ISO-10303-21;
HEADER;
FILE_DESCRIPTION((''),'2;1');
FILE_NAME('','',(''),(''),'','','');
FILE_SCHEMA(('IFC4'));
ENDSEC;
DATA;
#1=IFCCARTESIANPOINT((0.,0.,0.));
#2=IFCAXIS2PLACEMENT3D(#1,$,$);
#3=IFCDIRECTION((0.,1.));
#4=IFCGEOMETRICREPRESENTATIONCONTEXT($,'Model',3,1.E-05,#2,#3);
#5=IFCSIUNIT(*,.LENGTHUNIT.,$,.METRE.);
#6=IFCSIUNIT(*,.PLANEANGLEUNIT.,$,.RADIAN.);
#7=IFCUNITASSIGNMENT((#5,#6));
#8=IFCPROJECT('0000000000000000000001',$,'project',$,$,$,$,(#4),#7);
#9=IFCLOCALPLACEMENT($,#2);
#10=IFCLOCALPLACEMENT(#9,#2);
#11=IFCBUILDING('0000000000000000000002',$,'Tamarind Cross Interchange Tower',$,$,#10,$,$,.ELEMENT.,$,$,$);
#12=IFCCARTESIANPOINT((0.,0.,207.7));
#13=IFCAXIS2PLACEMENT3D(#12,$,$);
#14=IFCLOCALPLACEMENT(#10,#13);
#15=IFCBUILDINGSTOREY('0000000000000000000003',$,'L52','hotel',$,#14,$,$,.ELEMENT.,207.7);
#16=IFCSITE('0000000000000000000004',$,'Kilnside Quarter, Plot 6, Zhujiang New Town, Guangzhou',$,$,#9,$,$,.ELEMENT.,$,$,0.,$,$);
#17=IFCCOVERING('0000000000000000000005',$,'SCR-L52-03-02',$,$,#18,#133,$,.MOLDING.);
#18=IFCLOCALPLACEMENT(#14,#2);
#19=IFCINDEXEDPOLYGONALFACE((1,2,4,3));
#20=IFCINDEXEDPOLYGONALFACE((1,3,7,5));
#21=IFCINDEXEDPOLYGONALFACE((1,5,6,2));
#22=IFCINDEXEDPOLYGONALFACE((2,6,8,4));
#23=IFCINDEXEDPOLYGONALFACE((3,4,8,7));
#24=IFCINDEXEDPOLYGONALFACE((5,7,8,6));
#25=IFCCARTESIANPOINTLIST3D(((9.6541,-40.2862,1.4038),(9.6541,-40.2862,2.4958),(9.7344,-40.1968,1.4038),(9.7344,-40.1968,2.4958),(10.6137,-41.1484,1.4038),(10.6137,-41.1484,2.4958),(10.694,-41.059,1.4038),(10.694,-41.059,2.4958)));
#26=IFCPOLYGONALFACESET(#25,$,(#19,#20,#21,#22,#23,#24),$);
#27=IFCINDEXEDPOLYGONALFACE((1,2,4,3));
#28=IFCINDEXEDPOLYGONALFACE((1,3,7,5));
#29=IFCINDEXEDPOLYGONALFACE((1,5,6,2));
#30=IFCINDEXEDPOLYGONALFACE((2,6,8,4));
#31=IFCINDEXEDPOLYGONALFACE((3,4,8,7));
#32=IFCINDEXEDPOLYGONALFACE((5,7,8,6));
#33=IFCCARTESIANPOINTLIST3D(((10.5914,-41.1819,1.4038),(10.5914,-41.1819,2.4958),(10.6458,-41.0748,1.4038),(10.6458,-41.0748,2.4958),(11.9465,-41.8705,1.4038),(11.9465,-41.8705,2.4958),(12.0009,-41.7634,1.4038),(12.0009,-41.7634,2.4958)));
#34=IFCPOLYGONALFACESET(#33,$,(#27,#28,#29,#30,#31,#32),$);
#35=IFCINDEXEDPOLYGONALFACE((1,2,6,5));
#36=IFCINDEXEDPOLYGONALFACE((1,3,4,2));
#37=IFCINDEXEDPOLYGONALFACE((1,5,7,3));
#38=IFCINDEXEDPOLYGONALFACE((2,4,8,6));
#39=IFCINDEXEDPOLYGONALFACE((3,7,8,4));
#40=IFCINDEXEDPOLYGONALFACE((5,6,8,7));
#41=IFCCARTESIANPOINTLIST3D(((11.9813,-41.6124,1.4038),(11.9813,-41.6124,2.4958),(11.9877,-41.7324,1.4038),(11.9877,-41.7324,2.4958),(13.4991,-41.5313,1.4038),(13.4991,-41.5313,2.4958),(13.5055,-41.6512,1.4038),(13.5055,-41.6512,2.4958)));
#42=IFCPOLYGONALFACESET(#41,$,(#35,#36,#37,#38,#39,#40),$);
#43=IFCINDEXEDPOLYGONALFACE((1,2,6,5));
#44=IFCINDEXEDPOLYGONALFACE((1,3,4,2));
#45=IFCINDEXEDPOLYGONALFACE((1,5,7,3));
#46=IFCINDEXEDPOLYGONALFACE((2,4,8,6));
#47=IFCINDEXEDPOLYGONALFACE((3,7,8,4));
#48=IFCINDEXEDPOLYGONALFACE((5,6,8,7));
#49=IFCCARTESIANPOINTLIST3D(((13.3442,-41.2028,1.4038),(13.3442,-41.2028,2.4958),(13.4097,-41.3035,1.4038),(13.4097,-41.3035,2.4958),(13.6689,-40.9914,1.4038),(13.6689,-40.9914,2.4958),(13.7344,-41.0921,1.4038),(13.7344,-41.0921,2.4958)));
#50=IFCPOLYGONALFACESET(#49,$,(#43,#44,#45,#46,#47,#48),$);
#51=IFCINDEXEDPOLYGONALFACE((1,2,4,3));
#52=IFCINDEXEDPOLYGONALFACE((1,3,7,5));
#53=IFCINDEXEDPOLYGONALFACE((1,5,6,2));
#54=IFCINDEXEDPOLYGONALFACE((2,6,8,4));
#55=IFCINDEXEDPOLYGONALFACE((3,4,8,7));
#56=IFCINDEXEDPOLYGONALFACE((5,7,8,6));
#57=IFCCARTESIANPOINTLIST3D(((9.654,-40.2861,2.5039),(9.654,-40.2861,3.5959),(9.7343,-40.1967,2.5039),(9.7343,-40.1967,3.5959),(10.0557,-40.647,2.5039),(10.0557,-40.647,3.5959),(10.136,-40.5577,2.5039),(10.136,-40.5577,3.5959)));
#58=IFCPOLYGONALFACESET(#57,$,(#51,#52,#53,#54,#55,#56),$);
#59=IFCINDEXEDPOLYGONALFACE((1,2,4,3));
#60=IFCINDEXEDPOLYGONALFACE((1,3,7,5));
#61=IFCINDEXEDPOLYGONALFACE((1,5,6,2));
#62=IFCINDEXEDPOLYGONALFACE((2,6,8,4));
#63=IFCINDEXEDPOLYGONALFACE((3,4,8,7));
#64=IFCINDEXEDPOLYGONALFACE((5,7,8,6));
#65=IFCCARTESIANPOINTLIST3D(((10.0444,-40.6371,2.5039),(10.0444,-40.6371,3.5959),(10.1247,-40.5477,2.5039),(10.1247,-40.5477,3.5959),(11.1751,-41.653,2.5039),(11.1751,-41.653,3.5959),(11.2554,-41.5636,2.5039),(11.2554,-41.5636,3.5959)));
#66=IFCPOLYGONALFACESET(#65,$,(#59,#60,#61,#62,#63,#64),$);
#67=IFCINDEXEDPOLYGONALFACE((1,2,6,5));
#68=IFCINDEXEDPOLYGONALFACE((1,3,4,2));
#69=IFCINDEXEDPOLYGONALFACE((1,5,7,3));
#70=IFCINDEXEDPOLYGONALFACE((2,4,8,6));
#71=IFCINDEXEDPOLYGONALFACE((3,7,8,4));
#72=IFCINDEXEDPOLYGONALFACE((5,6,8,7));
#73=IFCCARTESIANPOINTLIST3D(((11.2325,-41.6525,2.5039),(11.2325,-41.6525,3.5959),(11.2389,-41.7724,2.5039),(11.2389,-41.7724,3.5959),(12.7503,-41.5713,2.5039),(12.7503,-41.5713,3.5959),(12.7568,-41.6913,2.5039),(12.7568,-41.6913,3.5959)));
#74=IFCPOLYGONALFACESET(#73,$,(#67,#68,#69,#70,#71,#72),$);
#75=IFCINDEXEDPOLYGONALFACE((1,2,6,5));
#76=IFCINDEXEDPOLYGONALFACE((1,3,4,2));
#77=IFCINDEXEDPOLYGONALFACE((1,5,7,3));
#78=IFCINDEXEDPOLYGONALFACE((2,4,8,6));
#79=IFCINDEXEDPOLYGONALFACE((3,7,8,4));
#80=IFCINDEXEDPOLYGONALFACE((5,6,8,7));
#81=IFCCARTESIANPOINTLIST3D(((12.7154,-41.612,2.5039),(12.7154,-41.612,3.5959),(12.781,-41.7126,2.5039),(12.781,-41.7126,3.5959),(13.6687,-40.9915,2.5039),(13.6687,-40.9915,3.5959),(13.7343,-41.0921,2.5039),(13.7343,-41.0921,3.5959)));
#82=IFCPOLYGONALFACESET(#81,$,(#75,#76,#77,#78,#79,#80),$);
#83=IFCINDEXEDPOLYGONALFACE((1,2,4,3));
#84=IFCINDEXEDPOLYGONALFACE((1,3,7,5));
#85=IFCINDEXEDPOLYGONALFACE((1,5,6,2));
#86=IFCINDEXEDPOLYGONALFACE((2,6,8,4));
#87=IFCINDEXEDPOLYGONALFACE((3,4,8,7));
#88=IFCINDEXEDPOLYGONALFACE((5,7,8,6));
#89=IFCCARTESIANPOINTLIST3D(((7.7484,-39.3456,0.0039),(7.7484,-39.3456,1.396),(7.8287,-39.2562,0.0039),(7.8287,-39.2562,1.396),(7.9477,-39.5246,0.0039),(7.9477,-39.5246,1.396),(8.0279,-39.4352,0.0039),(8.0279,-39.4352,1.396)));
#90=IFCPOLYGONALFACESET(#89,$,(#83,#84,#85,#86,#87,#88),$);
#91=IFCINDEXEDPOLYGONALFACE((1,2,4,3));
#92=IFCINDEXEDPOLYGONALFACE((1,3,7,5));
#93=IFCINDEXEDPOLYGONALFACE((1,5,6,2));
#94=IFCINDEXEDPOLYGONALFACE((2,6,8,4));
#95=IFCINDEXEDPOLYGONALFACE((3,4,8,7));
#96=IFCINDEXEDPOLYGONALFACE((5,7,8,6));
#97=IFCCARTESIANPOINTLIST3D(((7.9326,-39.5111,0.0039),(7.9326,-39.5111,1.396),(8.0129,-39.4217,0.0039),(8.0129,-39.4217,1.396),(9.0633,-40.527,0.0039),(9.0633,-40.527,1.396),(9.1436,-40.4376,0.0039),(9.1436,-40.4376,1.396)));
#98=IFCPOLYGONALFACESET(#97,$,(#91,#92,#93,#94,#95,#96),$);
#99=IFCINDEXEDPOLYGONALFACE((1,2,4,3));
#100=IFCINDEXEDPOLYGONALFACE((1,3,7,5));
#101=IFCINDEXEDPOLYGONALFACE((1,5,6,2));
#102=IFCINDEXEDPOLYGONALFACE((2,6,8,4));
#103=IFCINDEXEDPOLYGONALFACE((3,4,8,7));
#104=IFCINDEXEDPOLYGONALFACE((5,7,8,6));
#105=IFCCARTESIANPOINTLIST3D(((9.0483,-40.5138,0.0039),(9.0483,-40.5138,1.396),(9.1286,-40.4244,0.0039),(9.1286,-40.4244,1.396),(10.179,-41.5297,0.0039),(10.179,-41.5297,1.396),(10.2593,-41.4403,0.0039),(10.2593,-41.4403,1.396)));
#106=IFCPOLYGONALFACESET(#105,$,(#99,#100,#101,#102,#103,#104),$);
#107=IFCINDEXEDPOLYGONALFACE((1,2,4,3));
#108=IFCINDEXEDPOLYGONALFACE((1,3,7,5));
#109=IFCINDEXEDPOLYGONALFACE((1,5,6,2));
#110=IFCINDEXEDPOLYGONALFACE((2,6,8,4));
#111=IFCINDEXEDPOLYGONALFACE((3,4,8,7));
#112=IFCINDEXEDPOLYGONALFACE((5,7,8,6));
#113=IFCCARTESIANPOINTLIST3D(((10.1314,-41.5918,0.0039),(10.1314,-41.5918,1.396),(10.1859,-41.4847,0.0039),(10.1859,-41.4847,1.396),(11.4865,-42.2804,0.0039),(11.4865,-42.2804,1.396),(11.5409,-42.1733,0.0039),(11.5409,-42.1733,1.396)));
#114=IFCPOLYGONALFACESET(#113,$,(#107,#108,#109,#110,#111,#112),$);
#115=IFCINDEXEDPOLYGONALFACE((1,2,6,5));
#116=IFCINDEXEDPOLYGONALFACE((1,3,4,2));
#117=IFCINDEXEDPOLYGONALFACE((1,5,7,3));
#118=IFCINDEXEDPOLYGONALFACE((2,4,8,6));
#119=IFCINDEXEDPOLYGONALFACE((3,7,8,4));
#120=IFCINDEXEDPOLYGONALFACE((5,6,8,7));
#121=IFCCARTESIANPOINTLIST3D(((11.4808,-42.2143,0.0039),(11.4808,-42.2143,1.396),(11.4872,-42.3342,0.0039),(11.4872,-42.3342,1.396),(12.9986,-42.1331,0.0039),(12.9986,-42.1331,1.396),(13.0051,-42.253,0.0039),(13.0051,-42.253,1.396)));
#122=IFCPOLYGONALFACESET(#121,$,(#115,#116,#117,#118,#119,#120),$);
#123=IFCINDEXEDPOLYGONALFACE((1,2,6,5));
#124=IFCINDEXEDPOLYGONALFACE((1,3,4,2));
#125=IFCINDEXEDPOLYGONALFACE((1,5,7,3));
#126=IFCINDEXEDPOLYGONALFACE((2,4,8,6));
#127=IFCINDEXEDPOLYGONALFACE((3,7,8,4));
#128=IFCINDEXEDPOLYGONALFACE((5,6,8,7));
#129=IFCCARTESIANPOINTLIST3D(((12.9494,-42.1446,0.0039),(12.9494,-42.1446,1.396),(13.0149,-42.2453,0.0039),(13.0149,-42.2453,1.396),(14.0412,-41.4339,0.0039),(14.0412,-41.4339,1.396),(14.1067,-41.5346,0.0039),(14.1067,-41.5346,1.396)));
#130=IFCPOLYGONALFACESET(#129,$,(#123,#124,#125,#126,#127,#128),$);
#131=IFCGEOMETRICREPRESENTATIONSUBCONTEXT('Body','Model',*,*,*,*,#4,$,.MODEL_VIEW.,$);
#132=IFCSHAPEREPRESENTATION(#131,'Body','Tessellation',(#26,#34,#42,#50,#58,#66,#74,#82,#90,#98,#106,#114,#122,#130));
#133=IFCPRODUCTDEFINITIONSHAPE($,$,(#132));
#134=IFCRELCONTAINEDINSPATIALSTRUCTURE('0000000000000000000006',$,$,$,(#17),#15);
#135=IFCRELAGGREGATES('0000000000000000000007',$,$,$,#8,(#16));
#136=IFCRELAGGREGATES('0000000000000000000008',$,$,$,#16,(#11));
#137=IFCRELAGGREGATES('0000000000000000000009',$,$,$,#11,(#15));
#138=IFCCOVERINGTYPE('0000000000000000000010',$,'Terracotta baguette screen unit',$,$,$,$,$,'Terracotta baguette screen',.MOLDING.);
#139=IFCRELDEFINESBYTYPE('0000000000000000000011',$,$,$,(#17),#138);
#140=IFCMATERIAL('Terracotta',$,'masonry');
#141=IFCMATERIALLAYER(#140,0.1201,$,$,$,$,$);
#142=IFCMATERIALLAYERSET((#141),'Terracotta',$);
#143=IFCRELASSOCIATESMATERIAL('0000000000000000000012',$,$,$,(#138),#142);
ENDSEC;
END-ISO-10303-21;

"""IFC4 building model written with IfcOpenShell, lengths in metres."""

from ifc_helpers import new_model, si_unit, direction, frame, origin, origin_2d, place, context, subcontext, project, spatial, rectangle, extrude, material, layer, layer_set, type_object, element, save


model = new_model("IFC4")

# Units and contexts
model_context = context("Model", 3, precision=1e-05, world=origin(), true_north=direction((0.0, 1.0)))
body_context = subcontext(model_context, "Body", "Model", "MODEL_VIEW")
ifc_project = project(units=[si_unit("LENGTHUNIT", "METRE"), si_unit("PLANEANGLEUNIT", "RADIAN")], contexts=[model_context])

# Site, building, storey
site_placement = place(None, origin())
site = spatial("IfcSite", under=ifc_project, at=site_placement, Name="Kilnside Quarter, Plot 6, Zhujiang New Town, Guangzhou", CompositionType="ELEMENT", RefElevation=0.0)
building_placement = place(site_placement, origin())
building = spatial("IfcBuilding", under=site, at=building_placement, Name="Tamarind Cross Interchange Tower", CompositionType="ELEMENT")
storey_placement = place(building_placement, frame((0.0, 0.0, 207.7)))
storey = spatial("IfcBuildingStorey", under=building, at=storey_placement, Name="L52", Description="hotel", CompositionType="ELEMENT", Elevation=207.7)

# Covering
ifc_material_1 = material(Name="Terracotta", Category="masonry")
ifc_layer_1 = layer(ifc_material_1, 0.1201)
ifc_layer_set_1 = layer_set([ifc_layer_1], Name="Terracotta")
covering_type = type_object("IfcCoveringType", Name="Terracotta baguette screen unit", ElementType="Terracotta baguette screen", PredefinedType="MOLDING", material=ifc_layer_set_1)
covering_1_placement = place(storey_placement, origin())
element("IfcCovering", 1, at=covering_1_placement, inside=storey, type_object=covering_type, Name="SCR-L52-03-02", PredefinedType="MOLDING", context=body_context, shape_type="SweptSolid", body=[
    extrude(rectangle(XDim=1.29, YDim=0.1201, at=origin_2d()), frame((10.1741, -40.6726, 1.4038), z_axis=(0.0, 0.0, 1.0), x_axis=(0.743854, -0.668342, 0.0)), (0.0, 0.0, 1.0), 1.092),
    extrude(rectangle(XDim=1.52, YDim=0.1201, at=origin_2d()), frame((11.2961, -41.4727, 1.4038), z_axis=(0.0, 0.0, 1.0), x_axis=(0.891488, -0.453045, 0.0)), (0.0, 0.0, 1.0), 1.092),
    extrude(rectangle(XDim=1.52, YDim=0.1201, at=origin_2d()), frame((12.7434, -41.6318, 1.4038), z_axis=(0.0, 0.0, 1.0), x_axis=(0.998573, 0.053396, 0.0)), (0.0, 0.0, 1.0), 1.092),
    extrude(rectangle(XDim=0.3875, YDim=0.1201, at=origin_2d()), frame((13.5393, -41.1475, 1.4038), z_axis=(0.0, 0.0, 1.0), x_axis=(0.838092, 0.545529, 0.0)), (0.0, 0.0, 1.0), 1.092),
    extrude(rectangle(XDim=0.54, YDim=0.1201, at=origin_2d()), frame((9.895, -40.4219, 2.5039), z_axis=(0.0, 0.0, 1.0), x_axis=(0.743854, -0.668342, 0.0)), (0.0, 0.0, 1.0), 1.092),
    extrude(rectangle(XDim=1.52, YDim=0.1201, at=origin_2d()), frame((10.6499, -41.1003, 2.5039), z_axis=(0.0, 0.0, 1.0), x_axis=(0.743854, -0.668342, 0.0)), (0.0, 0.0, 1.0), 1.092),
    extrude(rectangle(XDim=1.52, YDim=0.1201, at=origin_2d()), frame((11.9946, -41.6719, 2.5039), z_axis=(0.0, 0.0, 1.0), x_axis=(0.998573, 0.053396, 0.0)), (0.0, 0.0, 1.0), 1.092),
    extrude(rectangle(XDim=1.1375, YDim=0.1201, at=origin_2d()), frame((13.2249, -41.3521, 2.5039), z_axis=(0.0, 0.0, 1.0), x_axis=(0.838092, 0.545529, 0.0)), (0.0, 0.0, 1.0), 1.092),
    extrude(rectangle(XDim=0.2678, YDim=0.1201, at=origin_2d()), frame((7.8882, -39.3904, 0.0039), z_axis=(0.0, 0.0, 1.0), x_axis=(0.743854, -0.668342, 0.0)), (0.0, 0.0, 1.0), 1.3921),
    extrude(rectangle(XDim=1.52, YDim=0.1201, at=origin_2d()), frame((8.5381, -39.9744, 0.0039), z_axis=(0.0, 0.0, 1.0), x_axis=(0.743854, -0.668342, 0.0)), (0.0, 0.0, 1.0), 1.3921),
    extrude(rectangle(XDim=1.52, YDim=0.1201, at=origin_2d()), frame((9.6538, -40.9771, 0.0039), z_axis=(0.0, 0.0, 1.0), x_axis=(0.743854, -0.668342, 0.0)), (0.0, 0.0, 1.0), 1.3921),
    extrude(rectangle(XDim=1.52, YDim=0.1201, at=origin_2d()), frame((10.8362, -41.8826, 0.0039), z_axis=(0.0, 0.0, 1.0), x_axis=(0.891488, -0.453045, 0.0)), (0.0, 0.0, 1.0), 1.3921),
    extrude(rectangle(XDim=1.52, YDim=0.1201, at=origin_2d()), frame((12.2429, -42.2336, 0.0039), z_axis=(0.0, 0.0, 1.0), x_axis=(0.998573, 0.053396, 0.0)), (0.0, 0.0, 1.0), 1.3921),
    extrude(rectangle(XDim=1.3027, YDim=0.1201, at=origin_2d()), frame((13.5281, -41.8396, 0.0039), z_axis=(0.0, 0.0, 1.0), x_axis=(0.838092, 0.545529, 0.0)), (0.0, 0.0, 1.0), 1.3921),
])

save(model, "model.ifc")
